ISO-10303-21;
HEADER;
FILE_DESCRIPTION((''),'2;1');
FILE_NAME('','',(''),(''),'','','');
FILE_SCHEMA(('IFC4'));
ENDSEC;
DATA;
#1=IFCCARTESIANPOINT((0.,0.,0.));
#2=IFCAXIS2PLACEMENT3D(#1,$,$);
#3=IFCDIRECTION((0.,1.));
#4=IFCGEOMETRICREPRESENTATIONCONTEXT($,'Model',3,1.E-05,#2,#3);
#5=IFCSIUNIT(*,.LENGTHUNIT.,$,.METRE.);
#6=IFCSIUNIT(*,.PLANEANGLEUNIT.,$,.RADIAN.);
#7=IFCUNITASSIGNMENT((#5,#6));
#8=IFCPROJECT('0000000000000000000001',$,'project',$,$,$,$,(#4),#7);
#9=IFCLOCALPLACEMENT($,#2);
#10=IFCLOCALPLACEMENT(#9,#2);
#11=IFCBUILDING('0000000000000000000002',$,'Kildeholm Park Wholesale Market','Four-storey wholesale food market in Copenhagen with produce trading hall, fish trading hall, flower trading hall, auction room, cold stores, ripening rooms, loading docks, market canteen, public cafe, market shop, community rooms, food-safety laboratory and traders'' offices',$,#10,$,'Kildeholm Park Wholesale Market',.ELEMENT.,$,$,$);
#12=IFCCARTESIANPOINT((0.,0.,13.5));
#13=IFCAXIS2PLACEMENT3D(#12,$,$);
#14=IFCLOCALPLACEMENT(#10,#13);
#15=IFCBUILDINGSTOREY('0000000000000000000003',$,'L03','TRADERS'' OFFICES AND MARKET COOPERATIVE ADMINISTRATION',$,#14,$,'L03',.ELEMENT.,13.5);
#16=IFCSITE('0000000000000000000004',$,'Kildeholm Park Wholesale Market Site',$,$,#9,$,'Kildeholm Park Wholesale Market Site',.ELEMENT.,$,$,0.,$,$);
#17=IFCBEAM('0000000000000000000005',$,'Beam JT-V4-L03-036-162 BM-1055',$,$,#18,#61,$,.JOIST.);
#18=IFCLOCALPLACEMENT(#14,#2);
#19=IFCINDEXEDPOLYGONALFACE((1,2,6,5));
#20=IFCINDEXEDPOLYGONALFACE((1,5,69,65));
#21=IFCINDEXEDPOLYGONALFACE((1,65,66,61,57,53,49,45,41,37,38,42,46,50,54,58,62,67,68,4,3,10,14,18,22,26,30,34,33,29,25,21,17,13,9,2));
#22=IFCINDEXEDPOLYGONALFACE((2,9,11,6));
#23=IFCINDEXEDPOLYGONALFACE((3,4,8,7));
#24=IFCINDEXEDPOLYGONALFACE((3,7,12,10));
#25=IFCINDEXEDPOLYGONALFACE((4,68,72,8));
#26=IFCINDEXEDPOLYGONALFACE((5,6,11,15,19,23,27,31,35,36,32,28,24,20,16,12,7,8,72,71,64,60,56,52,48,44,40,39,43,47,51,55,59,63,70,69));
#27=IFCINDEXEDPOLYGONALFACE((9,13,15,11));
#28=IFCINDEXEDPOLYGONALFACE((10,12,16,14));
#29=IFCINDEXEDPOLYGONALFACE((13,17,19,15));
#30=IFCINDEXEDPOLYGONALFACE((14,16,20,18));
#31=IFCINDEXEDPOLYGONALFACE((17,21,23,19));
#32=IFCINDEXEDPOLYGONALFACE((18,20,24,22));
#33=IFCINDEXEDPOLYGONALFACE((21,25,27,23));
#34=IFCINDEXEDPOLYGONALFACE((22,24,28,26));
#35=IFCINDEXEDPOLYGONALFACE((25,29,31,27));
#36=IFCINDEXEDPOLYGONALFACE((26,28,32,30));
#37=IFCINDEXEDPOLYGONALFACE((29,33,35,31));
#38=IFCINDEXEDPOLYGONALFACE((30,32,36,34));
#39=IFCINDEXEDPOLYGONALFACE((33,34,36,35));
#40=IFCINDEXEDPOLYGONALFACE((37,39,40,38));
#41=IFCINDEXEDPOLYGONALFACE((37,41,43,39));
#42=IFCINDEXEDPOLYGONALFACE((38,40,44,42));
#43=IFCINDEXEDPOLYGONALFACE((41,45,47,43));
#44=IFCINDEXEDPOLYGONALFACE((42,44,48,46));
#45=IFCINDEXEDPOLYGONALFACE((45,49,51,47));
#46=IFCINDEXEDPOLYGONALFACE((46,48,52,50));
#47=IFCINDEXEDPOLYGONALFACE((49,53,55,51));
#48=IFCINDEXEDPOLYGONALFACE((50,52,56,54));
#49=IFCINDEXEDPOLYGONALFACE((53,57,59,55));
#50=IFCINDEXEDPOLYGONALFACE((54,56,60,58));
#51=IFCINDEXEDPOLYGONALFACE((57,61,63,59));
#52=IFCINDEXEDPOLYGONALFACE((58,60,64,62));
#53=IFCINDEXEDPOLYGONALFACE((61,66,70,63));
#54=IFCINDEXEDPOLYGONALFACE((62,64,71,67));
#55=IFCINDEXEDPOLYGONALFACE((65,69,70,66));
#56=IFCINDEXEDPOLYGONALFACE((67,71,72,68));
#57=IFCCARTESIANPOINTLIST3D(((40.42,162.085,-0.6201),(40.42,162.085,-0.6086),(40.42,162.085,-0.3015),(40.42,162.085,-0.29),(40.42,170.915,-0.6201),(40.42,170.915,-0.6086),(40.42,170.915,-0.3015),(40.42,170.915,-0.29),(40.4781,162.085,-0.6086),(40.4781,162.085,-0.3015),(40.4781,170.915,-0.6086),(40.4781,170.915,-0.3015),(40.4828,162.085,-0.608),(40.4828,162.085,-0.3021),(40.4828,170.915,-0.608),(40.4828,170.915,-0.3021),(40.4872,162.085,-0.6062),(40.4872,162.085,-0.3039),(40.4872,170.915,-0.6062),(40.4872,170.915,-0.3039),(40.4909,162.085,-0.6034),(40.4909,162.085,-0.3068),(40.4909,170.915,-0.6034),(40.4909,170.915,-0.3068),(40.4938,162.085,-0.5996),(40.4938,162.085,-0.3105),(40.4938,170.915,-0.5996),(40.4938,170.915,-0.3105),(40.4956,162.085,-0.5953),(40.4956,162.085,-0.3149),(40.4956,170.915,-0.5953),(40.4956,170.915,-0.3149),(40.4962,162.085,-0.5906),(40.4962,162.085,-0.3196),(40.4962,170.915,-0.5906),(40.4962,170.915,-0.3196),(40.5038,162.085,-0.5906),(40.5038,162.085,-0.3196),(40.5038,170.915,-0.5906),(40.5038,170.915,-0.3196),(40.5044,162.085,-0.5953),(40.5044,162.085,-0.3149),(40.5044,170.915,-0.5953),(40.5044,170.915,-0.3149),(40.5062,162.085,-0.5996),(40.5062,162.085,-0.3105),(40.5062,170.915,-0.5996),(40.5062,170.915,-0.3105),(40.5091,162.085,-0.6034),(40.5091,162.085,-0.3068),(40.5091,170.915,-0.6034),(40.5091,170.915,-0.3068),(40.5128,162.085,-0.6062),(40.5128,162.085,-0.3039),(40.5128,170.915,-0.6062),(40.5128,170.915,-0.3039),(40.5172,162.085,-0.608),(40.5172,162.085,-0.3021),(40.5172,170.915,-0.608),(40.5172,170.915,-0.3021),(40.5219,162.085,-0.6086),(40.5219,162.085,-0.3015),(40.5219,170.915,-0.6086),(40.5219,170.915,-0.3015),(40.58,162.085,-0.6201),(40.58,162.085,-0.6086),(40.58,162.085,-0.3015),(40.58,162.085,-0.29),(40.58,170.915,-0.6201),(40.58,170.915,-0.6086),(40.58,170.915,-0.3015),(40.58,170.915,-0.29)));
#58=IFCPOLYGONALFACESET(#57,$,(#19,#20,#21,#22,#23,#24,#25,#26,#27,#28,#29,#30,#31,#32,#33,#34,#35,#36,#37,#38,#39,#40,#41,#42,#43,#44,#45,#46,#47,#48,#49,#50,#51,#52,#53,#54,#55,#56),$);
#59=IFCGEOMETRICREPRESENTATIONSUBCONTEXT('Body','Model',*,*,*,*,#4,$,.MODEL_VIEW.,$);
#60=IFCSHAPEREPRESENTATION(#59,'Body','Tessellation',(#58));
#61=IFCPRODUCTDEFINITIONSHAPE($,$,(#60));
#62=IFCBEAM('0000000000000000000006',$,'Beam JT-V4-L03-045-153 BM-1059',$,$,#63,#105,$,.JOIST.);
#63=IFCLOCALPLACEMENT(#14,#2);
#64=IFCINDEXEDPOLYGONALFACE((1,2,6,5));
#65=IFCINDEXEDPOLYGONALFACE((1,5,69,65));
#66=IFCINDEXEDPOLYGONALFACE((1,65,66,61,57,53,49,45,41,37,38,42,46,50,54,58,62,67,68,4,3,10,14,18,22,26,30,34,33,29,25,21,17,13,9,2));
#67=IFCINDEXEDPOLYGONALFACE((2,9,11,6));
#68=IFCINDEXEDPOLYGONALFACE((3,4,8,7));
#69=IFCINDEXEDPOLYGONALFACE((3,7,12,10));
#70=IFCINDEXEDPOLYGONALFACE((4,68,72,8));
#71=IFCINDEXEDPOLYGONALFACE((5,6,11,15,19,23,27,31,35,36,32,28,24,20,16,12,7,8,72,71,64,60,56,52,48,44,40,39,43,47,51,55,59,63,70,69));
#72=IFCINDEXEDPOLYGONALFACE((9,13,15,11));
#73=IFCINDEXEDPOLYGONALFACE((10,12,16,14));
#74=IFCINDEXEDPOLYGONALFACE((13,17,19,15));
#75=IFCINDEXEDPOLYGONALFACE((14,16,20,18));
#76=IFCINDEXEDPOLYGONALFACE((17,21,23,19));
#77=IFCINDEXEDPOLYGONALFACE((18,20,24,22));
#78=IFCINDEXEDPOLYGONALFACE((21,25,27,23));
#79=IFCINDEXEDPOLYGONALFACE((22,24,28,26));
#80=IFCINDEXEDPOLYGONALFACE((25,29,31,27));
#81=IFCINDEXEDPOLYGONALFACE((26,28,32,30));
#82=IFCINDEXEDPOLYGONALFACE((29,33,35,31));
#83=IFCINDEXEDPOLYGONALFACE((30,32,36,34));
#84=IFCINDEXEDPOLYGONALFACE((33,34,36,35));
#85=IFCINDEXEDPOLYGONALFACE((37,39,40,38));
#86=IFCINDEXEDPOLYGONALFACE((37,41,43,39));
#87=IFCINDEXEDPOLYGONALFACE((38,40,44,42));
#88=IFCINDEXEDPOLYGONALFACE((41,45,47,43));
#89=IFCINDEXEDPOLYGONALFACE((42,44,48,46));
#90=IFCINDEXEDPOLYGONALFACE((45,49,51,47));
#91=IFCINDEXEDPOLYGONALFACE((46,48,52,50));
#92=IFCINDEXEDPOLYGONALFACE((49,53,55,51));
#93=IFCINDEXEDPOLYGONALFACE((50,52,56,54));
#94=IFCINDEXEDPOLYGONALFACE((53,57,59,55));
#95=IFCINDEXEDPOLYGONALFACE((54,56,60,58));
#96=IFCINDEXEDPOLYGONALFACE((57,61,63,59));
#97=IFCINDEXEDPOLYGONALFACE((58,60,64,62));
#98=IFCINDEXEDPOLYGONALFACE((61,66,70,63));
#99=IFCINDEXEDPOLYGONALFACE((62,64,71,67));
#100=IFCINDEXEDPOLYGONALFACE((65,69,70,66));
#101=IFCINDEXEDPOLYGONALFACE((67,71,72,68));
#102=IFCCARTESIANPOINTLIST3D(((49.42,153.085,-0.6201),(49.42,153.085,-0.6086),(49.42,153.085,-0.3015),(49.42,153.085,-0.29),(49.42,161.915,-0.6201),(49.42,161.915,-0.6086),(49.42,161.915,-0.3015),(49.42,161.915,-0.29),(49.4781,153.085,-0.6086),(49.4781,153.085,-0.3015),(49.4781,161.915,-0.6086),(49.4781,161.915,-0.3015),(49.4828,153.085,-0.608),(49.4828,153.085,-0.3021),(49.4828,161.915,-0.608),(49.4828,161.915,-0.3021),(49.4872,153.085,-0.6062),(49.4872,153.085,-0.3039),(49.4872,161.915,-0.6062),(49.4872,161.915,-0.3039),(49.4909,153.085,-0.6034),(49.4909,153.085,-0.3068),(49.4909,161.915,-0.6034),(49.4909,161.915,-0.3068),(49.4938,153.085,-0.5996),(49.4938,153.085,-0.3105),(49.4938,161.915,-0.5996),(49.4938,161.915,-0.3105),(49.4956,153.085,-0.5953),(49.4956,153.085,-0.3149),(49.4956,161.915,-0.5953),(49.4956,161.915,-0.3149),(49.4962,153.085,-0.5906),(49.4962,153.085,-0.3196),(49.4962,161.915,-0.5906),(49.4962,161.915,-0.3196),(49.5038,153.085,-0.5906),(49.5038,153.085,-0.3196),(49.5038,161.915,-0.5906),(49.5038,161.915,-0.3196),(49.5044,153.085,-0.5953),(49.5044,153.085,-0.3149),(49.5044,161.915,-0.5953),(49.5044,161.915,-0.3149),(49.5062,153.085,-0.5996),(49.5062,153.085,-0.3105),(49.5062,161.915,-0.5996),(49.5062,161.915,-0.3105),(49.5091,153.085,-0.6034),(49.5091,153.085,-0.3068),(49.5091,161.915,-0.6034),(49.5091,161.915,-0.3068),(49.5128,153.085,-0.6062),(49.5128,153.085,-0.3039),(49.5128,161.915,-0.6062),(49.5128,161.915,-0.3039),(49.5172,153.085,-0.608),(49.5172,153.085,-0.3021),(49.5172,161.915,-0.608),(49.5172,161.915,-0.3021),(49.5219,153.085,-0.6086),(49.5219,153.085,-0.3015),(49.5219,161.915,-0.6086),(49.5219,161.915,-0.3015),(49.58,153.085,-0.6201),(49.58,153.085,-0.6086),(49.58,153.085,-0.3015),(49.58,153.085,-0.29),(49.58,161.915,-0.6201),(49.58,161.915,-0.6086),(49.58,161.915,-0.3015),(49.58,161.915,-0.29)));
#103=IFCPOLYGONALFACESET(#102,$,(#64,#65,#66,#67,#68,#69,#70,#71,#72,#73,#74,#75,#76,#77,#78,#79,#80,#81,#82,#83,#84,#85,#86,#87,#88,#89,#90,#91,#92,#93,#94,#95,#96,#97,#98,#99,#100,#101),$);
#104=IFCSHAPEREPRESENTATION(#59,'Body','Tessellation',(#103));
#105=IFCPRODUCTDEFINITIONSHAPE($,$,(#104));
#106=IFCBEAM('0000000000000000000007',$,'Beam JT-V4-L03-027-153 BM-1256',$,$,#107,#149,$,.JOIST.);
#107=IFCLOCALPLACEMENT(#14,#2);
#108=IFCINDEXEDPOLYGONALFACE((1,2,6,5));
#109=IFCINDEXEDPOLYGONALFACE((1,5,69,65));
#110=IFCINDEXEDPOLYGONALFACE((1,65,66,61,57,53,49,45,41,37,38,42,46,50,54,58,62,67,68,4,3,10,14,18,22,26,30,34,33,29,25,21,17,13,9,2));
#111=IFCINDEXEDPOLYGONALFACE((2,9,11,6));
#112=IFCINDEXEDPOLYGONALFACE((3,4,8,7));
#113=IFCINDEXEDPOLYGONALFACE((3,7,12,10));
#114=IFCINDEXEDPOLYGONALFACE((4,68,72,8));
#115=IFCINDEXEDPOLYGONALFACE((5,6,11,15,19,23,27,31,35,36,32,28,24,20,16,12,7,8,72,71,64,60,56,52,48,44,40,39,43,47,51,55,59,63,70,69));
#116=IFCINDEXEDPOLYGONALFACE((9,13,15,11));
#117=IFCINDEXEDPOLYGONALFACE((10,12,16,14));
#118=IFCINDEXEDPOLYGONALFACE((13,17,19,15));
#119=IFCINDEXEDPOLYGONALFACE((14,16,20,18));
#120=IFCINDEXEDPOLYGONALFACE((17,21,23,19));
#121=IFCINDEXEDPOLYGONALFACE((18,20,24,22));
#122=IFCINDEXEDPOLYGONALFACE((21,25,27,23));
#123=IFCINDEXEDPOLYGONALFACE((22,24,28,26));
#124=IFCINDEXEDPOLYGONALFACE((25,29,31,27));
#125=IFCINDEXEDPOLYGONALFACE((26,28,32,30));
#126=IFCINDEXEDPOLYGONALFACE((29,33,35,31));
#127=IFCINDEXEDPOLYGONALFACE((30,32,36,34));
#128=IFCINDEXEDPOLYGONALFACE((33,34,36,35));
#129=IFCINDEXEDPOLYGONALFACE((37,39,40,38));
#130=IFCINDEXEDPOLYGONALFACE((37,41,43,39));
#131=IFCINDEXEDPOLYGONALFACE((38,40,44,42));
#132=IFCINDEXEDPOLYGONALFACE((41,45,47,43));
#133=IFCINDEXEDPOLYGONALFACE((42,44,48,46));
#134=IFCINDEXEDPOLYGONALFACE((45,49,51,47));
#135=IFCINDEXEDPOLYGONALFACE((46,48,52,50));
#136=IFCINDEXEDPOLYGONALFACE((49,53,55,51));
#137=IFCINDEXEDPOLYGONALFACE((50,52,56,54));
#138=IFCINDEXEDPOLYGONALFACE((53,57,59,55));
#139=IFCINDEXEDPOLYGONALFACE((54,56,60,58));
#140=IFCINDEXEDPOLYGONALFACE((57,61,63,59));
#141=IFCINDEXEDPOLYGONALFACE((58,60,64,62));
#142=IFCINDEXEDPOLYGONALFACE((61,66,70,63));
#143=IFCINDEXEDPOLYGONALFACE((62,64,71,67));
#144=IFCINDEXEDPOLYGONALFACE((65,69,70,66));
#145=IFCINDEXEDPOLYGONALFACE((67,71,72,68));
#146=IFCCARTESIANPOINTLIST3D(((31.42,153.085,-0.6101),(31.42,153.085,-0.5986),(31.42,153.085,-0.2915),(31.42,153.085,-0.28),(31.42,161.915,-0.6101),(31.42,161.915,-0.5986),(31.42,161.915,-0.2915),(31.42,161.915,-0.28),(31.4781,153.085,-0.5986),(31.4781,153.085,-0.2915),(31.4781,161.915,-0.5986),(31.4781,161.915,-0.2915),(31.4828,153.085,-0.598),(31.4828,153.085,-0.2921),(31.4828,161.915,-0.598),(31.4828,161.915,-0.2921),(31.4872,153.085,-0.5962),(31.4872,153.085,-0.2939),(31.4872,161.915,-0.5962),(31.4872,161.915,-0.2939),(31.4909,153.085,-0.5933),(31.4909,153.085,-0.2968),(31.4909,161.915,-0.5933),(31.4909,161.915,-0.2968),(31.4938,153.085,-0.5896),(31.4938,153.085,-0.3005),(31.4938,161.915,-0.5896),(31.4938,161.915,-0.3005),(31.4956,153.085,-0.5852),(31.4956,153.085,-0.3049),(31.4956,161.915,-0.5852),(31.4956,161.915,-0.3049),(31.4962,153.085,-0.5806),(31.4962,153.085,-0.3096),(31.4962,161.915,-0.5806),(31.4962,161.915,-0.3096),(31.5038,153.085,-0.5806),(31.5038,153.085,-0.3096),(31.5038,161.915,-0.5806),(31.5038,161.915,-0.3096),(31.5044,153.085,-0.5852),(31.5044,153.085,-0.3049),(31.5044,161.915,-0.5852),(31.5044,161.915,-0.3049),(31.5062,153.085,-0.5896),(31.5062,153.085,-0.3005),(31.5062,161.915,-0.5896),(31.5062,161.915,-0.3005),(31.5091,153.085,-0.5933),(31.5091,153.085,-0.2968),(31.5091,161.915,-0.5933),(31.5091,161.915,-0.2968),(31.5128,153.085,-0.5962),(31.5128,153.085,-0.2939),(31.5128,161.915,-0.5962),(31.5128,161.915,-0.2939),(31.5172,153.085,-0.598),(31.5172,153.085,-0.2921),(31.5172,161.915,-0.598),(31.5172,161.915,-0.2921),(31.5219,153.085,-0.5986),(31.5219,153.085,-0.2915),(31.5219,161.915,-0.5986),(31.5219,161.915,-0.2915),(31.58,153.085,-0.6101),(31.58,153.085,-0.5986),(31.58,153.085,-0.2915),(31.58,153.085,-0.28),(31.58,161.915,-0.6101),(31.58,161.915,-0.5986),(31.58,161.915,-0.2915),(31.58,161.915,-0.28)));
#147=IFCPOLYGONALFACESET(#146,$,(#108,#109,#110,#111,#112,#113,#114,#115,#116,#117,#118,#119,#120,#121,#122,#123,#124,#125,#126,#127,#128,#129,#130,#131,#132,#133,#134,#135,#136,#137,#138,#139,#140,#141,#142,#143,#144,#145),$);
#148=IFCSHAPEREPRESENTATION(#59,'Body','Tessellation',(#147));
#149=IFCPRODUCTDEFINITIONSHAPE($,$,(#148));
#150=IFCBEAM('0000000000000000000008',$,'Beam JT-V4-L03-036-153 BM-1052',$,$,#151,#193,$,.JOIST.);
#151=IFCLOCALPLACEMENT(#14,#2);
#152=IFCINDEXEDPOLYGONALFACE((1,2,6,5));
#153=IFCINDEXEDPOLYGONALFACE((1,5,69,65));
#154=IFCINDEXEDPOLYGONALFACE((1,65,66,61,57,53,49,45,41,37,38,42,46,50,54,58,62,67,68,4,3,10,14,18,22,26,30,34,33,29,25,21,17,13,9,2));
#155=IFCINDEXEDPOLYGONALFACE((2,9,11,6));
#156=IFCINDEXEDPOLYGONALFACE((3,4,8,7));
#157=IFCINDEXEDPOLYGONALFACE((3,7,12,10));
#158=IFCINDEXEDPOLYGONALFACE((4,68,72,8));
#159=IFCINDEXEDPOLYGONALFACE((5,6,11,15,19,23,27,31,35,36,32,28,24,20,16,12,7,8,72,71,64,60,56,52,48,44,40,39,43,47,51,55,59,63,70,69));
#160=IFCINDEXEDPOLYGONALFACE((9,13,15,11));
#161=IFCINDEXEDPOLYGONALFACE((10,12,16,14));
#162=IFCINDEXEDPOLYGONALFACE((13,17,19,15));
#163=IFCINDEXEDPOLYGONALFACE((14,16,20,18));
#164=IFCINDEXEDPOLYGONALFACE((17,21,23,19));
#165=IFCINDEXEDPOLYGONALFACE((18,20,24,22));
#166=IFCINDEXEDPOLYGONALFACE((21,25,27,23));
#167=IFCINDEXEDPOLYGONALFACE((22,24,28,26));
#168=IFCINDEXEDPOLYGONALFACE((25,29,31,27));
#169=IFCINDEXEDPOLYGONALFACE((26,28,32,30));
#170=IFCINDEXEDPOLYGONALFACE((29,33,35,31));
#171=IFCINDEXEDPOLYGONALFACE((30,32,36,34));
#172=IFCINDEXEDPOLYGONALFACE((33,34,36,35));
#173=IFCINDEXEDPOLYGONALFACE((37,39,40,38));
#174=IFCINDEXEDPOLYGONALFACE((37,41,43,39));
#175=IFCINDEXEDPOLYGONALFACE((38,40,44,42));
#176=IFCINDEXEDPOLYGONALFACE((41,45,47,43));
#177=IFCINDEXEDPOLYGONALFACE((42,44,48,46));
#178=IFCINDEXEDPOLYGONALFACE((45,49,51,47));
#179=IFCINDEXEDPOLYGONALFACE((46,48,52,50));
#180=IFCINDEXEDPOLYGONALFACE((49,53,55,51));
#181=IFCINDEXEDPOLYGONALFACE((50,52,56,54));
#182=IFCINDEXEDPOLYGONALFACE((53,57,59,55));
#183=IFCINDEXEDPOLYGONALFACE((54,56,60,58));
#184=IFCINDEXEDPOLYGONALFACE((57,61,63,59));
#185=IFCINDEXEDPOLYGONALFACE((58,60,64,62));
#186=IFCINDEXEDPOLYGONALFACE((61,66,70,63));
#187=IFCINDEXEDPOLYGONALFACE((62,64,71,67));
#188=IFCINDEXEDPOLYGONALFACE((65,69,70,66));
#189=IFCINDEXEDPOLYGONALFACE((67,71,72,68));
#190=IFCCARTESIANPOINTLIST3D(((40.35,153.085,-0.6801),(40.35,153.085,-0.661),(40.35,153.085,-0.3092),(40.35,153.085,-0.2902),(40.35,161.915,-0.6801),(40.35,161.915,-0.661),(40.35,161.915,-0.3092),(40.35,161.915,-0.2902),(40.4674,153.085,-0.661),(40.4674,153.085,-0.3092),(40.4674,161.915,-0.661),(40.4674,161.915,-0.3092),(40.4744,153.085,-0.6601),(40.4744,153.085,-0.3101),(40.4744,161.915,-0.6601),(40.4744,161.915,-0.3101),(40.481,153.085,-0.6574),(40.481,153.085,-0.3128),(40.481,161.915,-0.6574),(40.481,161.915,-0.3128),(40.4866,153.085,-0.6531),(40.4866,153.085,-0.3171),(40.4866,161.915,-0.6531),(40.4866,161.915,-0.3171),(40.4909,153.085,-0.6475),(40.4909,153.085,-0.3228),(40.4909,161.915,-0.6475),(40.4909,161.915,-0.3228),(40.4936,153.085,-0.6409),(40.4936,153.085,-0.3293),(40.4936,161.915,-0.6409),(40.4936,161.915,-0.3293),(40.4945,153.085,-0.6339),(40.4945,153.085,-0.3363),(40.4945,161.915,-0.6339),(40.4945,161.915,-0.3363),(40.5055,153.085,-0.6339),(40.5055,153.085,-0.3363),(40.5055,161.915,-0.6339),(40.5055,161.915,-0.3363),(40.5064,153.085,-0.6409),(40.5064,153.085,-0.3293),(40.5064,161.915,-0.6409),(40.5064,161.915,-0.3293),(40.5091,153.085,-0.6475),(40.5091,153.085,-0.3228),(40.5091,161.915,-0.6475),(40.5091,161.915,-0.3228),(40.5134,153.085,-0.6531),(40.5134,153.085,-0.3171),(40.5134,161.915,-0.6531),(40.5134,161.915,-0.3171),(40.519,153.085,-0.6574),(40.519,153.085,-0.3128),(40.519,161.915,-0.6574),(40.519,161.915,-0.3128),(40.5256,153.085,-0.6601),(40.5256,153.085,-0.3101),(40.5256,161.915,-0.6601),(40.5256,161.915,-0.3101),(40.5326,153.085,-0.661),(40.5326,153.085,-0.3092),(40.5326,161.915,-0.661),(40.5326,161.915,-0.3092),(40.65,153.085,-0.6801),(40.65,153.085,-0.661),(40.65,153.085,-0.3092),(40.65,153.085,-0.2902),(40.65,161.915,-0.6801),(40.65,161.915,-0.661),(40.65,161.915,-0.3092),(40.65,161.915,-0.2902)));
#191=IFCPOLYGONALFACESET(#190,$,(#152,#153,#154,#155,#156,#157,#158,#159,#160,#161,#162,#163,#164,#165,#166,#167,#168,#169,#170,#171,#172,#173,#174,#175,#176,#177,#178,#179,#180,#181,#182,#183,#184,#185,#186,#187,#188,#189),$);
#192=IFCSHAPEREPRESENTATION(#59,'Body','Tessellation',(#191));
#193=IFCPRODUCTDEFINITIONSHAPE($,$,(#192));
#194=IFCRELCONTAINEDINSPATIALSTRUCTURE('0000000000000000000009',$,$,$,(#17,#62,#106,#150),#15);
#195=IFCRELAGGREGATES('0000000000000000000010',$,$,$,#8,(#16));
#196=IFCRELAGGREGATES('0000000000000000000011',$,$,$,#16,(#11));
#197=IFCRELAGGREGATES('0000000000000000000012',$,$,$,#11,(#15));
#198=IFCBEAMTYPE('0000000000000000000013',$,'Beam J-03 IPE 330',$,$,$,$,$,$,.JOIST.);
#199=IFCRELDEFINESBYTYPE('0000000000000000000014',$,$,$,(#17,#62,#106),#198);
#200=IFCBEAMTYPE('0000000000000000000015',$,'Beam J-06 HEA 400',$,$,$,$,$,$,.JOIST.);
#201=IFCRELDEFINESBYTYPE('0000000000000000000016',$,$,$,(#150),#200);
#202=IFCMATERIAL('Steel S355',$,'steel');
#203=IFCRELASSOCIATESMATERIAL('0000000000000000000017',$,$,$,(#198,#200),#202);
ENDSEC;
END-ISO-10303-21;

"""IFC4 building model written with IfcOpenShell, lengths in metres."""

from ifc_helpers import new_model, si_unit, direction, frame, origin, origin_2d, place, context, subcontext, project, spatial, i_section, extrude, material, material_profile, profile_set, type_object, element, save


model = new_model("IFC4")

# Units and contexts
model_context = context("Model", 3, precision=1e-05, world=origin(), true_north=direction((0.0, 1.0)))
body_context = subcontext(model_context, "Body", "Model", "MODEL_VIEW")
ifc_project = project(units=[si_unit("LENGTHUNIT", "METRE"), si_unit("PLANEANGLEUNIT", "RADIAN")], contexts=[model_context])

# Site, building, storey
site_placement = place(None, origin())
site = spatial("IfcSite", under=ifc_project, at=site_placement, Name="Kildeholm Park Wholesale Market Site", LongName="Kildeholm Park Wholesale Market Site", CompositionType="ELEMENT", RefElevation=0.0)
building_placement = place(site_placement, origin())
building = spatial("IfcBuilding", under=site, at=building_placement, Name="Kildeholm Park Wholesale Market", Description="Four-storey wholesale food market in Copenhagen with produce trading hall, fish trading hall, flower trading hall, auction room, cold stores, ripening rooms, loading docks, market canteen, public cafe, market shop, community rooms, food-safety laboratory and traders' offices", LongName="Kildeholm Park Wholesale Market", CompositionType="ELEMENT")
storey_placement = place(building_placement, frame((0.0, 0.0, 13.5)))
storey = spatial("IfcBuildingStorey", under=building, at=storey_placement, Name="L03", Description="TRADERS' OFFICES AND MARKET COOPERATIVE ADMINISTRATION", LongName="L03", CompositionType="ELEMENT", Elevation=13.5)

# Beams
ifc_material_1 = material(Name="Steel S355", Category="steel")
ifc_material_profile_1 = material_profile(ifc_material_1, i_section(OverallWidth=0.1599, OverallDepth=0.3301, WebThickness=0.0076, FlangeThickness=0.0115, FilletRadius=0.0181, at=origin_2d()), Name="IPE 330")
ifc_profile_set_1 = profile_set([ifc_material_profile_1], Name="Steel S355")
beam_type_1 = type_object("IfcBeamType", Name="Beam J-03 IPE 330", PredefinedType="JOIST", material=ifc_profile_set_1)
for number, where, z_axis, x_axis, name in (
    (1, (40.5, 162.085, -0.4551), (0.0, 1.0, 0.0), (-1.0, 0.0, 0.0), "Beam JT-V4-L03-036-162 BM-1055"),
    (2, (49.5, 153.085, -0.4551), (0.0, 1.0, 0.0), (-1.0, 0.0, 0.0), "Beam JT-V4-L03-045-153 BM-1059"),
    (3, (31.5, 153.085, -0.4451), (0.0, 1.0, 0.0), (-1.0, 0.0, 0.0), "Beam JT-V4-L03-027-153 BM-1256"),
):
    element("IfcBeam", number, at=place(storey_placement, frame(where, z_axis=z_axis, x_axis=x_axis)), inside=storey, type_object=beam_type_1, Name=name, PredefinedType="JOIST", context=body_context, shape_type="SweptSolid", body=[
        extrude(i_section(OverallWidth=0.1599, OverallDepth=0.3301, WebThickness=0.0076, FlangeThickness=0.0115, FilletRadius=0.0181, at=origin_2d()), origin(), (0.0, 0.0, 1.0), 8.8301),
    ])
ifc_material_profile_2 = material_profile(ifc_material_1, i_section(OverallWidth=0.3, OverallDepth=0.3899, WebThickness=0.011, FlangeThickness=0.019, FilletRadius=0.0271, at=origin_2d()), Name="HEA 400")
ifc_profile_set_2 = profile_set([ifc_material_profile_2], Name="Steel S355")
beam_type_2 = type_object("IfcBeamType", Name="Beam J-06 HEA 400", PredefinedType="JOIST", material=ifc_profile_set_2)
for number, where, z_axis, x_axis, name in (
    (4, (40.5, 153.085, -0.4851), (0.0, 1.0, 0.0), (-1.0, 0.0, 0.0), "Beam JT-V4-L03-036-153 BM-1052"),
):
    element("IfcBeam", number, at=place(storey_placement, frame(where, z_axis=z_axis, x_axis=x_axis)), inside=storey, type_object=beam_type_2, Name=name, PredefinedType="JOIST", context=body_context, shape_type="SweptSolid", body=[
        extrude(i_section(OverallWidth=0.3, OverallDepth=0.3899, WebThickness=0.011, FlangeThickness=0.019, FilletRadius=0.0271, at=origin_2d()), origin(), (0.0, 0.0, 1.0), 8.8301),
    ])

save(model, "model.ifc")
